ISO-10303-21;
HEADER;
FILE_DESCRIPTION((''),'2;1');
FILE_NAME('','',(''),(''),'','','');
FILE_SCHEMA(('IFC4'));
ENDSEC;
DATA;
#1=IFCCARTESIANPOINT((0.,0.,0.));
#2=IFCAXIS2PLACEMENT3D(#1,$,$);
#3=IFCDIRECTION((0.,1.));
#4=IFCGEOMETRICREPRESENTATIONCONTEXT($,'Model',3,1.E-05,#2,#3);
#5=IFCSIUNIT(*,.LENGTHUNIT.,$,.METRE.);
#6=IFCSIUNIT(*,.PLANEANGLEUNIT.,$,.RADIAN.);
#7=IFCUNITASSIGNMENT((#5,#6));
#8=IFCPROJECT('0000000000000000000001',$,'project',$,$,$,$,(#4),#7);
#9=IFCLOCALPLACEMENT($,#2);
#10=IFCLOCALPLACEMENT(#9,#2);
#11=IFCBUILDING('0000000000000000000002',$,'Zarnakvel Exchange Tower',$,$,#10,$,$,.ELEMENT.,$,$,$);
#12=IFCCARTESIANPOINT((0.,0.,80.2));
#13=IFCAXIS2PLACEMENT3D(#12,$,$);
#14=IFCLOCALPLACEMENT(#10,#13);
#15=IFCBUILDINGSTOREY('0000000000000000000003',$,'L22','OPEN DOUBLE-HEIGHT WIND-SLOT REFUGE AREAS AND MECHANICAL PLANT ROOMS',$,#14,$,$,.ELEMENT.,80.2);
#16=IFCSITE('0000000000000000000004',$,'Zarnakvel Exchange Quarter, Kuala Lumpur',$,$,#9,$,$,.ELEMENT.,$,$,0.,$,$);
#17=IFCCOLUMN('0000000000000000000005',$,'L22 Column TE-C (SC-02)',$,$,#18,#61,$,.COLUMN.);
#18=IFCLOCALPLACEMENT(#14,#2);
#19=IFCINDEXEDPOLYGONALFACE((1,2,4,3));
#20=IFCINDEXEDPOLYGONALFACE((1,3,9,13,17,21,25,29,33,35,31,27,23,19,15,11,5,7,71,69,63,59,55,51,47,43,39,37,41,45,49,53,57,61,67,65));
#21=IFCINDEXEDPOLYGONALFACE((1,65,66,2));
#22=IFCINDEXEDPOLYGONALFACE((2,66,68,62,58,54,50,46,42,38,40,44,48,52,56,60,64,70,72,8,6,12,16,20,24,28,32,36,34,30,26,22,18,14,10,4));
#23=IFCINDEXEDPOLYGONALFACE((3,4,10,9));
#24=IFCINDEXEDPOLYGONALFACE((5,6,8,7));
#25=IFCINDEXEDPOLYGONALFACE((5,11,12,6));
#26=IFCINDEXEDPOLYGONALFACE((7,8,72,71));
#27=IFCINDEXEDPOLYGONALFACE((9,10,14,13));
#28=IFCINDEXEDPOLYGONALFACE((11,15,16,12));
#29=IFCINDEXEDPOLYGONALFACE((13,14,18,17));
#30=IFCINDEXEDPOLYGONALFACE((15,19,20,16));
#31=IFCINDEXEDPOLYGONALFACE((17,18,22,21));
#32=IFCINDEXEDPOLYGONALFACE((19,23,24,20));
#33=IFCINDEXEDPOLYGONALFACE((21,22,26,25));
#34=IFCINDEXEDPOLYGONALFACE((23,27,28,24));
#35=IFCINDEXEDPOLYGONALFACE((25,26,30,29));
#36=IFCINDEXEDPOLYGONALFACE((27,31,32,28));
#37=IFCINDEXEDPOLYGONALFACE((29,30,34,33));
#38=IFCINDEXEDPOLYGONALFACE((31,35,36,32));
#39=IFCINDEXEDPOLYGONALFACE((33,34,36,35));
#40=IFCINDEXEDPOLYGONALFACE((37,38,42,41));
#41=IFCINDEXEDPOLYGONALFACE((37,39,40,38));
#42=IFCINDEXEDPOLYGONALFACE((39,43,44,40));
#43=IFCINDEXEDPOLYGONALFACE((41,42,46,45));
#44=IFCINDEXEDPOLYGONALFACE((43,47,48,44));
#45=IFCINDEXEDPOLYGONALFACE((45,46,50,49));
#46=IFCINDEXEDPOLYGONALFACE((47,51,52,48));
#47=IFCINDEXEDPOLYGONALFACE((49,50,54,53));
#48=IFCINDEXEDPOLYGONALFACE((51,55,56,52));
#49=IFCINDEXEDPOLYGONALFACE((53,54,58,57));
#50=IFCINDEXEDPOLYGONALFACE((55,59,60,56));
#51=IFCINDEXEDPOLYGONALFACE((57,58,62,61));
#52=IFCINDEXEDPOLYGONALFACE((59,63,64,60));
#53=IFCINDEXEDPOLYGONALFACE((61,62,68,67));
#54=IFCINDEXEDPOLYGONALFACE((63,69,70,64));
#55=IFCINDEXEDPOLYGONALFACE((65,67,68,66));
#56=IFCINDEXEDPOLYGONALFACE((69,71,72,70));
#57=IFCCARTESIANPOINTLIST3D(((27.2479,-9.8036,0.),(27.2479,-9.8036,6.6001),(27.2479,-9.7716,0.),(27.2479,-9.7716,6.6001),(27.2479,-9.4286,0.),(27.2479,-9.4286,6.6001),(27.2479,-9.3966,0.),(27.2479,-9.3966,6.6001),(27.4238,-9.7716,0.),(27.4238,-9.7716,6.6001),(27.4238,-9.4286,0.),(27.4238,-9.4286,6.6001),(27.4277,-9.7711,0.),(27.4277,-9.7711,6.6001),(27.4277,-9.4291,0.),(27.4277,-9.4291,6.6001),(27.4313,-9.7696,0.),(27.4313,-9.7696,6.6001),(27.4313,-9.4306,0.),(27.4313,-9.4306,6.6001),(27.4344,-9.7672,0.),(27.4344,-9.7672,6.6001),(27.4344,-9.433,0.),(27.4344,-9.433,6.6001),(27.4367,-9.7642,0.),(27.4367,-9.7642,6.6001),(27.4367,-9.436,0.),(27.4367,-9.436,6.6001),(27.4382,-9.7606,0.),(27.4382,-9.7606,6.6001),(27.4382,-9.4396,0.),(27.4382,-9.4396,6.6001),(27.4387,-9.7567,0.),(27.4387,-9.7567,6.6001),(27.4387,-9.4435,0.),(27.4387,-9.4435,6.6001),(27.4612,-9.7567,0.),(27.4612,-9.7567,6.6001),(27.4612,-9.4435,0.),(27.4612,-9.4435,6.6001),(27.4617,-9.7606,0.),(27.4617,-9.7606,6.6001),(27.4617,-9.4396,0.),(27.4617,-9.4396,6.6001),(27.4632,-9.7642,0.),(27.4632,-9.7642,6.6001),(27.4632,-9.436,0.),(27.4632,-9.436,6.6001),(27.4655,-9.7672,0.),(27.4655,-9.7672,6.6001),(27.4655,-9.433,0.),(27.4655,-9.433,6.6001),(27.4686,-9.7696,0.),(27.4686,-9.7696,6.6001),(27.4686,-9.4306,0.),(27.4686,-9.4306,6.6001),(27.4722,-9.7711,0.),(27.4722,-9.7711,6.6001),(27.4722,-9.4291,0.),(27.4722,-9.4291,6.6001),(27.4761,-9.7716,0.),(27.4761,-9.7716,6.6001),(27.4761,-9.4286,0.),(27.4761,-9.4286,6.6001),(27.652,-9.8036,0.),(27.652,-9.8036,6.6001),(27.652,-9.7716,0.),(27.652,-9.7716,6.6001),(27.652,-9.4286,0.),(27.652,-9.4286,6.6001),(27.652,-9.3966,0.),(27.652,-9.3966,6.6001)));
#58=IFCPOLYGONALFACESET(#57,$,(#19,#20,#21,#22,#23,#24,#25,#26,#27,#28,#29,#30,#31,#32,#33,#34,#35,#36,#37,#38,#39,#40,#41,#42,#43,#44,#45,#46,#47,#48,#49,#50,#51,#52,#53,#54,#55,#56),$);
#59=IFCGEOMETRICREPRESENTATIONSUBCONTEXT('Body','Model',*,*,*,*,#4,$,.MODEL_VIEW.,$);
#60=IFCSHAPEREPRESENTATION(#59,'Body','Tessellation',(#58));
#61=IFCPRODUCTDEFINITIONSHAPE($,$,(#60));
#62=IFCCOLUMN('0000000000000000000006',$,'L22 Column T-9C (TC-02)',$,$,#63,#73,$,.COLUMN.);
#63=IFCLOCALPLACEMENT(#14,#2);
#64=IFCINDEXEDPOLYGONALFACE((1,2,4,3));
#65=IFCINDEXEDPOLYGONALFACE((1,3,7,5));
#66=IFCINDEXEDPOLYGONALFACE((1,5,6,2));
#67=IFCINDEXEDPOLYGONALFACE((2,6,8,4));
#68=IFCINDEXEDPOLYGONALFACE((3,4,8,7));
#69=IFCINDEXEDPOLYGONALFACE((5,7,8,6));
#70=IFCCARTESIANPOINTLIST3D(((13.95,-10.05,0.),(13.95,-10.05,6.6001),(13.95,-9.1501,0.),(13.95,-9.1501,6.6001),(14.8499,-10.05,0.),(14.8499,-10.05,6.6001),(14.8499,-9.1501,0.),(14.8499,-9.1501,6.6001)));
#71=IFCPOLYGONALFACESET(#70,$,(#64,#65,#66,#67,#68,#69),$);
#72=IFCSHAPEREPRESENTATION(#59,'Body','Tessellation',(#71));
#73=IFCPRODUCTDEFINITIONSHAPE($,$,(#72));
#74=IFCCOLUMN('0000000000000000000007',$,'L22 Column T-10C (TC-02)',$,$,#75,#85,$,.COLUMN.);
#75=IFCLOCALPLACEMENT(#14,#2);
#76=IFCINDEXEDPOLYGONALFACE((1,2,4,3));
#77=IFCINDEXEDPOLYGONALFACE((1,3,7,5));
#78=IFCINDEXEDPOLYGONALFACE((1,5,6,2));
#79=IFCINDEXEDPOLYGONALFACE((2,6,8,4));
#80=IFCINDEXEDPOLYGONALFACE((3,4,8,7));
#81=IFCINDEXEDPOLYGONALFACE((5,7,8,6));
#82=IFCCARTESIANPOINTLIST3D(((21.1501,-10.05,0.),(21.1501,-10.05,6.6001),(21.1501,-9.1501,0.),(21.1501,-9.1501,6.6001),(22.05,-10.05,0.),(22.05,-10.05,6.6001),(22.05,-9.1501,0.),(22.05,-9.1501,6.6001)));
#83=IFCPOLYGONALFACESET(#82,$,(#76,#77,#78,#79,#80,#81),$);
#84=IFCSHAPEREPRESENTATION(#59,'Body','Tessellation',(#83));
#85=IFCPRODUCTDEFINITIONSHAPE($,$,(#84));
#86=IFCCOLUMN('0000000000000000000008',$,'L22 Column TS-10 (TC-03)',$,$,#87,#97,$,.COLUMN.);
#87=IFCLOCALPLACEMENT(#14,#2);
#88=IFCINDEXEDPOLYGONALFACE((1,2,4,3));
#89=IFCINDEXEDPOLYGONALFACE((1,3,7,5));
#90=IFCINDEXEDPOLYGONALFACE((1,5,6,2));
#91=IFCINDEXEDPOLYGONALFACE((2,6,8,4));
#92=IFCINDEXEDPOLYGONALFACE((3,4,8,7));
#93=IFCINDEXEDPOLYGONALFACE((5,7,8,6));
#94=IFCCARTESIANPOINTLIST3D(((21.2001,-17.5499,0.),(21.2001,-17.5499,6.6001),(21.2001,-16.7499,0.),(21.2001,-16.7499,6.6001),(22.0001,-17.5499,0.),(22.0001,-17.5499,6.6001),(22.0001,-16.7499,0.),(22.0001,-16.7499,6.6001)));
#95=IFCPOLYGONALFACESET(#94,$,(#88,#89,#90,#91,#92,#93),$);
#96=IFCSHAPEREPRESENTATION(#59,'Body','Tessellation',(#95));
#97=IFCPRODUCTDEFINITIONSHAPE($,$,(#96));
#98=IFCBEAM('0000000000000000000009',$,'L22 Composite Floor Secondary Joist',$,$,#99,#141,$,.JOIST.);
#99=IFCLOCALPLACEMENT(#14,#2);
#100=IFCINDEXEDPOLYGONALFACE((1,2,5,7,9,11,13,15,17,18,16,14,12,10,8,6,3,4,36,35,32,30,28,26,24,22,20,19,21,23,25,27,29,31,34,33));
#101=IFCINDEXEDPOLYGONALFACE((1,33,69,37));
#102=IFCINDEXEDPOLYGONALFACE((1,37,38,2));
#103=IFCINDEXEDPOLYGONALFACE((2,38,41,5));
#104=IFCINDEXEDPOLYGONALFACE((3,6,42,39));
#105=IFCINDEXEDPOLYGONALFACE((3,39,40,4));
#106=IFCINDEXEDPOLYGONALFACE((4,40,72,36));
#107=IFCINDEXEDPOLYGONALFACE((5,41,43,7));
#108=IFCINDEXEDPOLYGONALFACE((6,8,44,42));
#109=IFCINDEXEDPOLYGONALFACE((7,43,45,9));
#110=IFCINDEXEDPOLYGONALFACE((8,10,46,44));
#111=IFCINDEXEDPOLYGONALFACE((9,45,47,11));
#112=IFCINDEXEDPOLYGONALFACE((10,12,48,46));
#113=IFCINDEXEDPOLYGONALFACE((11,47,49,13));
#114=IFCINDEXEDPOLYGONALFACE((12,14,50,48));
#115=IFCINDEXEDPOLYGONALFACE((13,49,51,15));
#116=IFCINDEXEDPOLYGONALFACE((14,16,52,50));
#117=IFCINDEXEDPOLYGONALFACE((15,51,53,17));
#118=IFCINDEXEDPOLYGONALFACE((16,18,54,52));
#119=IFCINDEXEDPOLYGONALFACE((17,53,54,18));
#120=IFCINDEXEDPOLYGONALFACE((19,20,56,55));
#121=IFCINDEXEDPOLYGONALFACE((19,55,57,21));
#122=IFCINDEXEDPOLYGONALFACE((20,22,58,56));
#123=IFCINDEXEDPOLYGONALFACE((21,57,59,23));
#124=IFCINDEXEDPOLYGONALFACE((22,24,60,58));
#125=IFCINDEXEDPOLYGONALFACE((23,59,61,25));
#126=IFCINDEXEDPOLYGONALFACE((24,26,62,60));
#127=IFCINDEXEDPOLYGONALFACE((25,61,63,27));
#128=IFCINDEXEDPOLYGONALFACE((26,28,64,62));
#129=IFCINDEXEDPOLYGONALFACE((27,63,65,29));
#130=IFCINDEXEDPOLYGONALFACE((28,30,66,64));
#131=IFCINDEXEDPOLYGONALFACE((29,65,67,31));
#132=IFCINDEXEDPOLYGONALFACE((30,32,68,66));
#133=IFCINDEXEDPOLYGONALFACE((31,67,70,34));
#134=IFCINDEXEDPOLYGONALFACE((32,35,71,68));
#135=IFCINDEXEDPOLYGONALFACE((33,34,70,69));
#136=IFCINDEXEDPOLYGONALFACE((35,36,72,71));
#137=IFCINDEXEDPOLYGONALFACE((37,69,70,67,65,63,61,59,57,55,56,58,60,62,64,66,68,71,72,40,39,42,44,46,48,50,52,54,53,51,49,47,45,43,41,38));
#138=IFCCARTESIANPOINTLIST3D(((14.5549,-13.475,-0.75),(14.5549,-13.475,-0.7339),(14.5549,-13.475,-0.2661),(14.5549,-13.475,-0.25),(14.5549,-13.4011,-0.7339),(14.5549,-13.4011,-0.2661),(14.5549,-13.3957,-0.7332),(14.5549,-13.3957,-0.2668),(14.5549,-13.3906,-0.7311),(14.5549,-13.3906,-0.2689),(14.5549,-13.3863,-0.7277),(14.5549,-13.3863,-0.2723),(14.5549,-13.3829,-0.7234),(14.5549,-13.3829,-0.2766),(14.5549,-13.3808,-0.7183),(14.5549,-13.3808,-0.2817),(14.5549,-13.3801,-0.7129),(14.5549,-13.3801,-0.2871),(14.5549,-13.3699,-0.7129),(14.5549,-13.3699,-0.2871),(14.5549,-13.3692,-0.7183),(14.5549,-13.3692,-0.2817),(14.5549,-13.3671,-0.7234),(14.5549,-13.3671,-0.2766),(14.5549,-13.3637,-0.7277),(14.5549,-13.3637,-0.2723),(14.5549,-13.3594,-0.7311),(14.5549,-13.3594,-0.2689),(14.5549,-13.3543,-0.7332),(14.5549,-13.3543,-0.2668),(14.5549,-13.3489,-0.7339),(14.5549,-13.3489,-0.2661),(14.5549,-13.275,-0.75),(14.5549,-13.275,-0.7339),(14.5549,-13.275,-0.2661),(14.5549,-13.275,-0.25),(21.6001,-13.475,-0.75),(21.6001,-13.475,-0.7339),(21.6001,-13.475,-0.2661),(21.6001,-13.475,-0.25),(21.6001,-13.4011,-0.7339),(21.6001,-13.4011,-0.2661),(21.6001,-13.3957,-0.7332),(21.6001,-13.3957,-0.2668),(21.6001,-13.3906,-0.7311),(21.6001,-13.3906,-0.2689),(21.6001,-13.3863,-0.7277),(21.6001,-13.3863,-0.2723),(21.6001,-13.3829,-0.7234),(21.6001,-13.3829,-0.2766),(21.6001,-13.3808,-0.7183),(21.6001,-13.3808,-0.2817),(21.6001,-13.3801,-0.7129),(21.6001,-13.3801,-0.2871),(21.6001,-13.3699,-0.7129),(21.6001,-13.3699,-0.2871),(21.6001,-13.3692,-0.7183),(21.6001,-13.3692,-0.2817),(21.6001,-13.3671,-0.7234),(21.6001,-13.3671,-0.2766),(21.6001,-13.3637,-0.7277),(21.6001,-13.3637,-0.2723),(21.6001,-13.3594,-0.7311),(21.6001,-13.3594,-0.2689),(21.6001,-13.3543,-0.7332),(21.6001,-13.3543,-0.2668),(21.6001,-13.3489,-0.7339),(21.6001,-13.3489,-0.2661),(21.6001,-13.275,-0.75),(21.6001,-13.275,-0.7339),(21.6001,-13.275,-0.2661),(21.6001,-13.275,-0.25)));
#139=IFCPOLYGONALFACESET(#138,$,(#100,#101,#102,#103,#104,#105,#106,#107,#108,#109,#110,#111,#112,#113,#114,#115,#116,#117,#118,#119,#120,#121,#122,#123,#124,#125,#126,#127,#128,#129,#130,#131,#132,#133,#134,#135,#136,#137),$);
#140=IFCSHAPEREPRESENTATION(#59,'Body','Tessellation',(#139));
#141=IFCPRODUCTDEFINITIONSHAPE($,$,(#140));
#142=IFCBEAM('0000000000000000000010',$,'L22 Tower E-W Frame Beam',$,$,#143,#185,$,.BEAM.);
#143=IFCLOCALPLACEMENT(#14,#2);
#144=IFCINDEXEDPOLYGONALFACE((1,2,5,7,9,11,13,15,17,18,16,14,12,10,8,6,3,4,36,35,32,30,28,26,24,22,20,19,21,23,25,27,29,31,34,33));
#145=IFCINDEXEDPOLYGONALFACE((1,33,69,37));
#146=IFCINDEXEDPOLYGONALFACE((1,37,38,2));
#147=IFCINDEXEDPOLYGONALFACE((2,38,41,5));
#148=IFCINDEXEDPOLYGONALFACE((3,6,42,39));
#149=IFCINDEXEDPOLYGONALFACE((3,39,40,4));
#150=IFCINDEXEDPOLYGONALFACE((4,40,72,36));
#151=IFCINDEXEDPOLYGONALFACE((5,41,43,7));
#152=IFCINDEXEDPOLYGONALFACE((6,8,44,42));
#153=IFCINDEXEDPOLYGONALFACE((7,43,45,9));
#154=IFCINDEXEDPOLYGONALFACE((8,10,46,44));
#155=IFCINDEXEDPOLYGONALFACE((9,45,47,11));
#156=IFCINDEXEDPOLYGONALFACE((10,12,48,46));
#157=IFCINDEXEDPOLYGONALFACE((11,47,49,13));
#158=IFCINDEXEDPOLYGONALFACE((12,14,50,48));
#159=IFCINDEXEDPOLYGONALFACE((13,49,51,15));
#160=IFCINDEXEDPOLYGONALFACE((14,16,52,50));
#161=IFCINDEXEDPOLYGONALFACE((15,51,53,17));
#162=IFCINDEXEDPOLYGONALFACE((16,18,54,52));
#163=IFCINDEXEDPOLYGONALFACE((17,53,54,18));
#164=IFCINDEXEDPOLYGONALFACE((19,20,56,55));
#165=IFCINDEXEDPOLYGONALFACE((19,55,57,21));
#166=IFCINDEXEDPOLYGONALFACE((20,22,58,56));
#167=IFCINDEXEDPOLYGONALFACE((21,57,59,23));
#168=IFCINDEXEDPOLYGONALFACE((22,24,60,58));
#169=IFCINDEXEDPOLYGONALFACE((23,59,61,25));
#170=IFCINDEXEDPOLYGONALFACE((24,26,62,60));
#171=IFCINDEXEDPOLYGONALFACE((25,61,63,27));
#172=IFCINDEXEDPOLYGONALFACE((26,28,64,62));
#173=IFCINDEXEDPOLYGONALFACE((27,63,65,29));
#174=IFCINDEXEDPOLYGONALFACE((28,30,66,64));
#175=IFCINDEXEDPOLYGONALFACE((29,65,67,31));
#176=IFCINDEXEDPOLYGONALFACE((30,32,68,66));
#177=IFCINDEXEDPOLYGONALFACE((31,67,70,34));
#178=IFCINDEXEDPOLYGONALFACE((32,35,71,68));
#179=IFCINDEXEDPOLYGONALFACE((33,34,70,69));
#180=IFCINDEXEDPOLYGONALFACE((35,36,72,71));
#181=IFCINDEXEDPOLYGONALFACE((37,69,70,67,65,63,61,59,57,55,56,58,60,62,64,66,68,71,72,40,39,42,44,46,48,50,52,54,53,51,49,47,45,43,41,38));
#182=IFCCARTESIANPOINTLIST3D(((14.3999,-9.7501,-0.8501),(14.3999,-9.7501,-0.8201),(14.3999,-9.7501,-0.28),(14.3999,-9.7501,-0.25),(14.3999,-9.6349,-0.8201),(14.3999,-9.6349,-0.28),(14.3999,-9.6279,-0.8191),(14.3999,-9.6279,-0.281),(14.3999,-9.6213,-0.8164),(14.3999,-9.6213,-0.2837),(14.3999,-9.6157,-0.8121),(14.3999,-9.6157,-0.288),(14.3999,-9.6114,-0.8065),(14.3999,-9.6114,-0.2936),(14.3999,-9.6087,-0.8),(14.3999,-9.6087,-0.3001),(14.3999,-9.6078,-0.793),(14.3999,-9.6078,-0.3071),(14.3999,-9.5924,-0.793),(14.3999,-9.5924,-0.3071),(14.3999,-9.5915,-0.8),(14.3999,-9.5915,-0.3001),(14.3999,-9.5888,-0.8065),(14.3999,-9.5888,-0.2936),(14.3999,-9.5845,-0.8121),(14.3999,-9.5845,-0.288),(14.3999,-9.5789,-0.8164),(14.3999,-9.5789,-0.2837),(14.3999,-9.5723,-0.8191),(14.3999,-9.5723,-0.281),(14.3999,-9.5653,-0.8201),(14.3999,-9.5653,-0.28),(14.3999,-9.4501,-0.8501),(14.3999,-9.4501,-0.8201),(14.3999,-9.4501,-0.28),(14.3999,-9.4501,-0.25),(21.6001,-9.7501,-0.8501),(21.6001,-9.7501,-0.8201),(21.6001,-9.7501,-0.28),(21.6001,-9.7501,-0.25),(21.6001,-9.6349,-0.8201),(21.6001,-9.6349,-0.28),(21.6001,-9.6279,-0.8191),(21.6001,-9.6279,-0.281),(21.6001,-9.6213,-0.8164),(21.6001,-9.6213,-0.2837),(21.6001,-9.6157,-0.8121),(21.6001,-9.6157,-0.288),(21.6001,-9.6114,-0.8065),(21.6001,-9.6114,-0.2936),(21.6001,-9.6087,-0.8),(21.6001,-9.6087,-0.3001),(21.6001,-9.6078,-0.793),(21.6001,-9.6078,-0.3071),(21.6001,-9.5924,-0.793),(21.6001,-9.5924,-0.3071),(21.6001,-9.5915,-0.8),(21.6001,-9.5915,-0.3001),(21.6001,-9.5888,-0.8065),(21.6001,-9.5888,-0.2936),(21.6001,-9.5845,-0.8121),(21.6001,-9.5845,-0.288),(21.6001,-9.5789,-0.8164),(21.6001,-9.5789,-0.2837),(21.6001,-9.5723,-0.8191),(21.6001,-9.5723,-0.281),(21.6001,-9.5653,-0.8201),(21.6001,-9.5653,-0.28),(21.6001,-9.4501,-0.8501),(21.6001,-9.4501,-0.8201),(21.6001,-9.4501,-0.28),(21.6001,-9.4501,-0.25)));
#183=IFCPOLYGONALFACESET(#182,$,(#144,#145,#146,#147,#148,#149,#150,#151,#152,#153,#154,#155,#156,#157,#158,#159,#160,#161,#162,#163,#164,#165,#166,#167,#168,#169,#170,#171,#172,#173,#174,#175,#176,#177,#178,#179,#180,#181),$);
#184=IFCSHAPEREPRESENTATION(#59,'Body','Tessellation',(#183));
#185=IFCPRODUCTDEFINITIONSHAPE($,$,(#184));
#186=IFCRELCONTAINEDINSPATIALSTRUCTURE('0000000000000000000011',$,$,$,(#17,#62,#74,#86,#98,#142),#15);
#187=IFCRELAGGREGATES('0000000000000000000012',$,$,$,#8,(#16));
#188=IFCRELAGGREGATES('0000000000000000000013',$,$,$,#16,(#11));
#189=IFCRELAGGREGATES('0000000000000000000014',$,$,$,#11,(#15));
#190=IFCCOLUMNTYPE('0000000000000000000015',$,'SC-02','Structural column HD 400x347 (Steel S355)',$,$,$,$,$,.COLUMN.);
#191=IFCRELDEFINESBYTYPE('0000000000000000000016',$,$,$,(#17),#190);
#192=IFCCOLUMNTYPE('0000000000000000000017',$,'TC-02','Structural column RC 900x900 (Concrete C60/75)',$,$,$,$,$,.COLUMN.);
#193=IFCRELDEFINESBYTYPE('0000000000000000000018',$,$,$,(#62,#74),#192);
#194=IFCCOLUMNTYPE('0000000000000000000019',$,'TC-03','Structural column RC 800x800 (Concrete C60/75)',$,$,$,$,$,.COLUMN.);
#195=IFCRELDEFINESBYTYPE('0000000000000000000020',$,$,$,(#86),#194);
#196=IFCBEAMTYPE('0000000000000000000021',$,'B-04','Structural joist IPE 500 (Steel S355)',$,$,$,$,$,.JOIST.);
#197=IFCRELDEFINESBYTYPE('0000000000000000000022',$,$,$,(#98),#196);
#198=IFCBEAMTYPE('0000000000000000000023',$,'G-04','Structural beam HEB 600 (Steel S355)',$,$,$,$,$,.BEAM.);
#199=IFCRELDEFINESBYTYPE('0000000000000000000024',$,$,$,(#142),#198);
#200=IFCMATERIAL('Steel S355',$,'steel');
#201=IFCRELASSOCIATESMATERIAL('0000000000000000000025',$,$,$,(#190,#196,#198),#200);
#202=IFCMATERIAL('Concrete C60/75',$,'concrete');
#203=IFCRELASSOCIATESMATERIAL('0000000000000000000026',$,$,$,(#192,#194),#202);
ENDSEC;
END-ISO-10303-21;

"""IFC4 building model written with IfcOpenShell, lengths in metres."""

from ifc_helpers import new_model, si_unit, direction, frame, origin, origin_2d, place, context, subcontext, project, spatial, rectangle, i_section, extrude, material, material_profile, profile_set, type_object, element, save


model = new_model("IFC4")

# Units and contexts
model_context = context("Model", 3, precision=1e-05, world=origin(), true_north=direction((0.0, 1.0)))
body_context = subcontext(model_context, "Body", "Model", "MODEL_VIEW")
ifc_project = project(units=[si_unit("LENGTHUNIT", "METRE"), si_unit("PLANEANGLEUNIT", "RADIAN")], contexts=[model_context])

# Site, building, storey
site_placement = place(None, origin())
site = spatial("IfcSite", under=ifc_project, at=site_placement, Name="Zarnakvel Exchange Quarter, Kuala Lumpur", CompositionType="ELEMENT", RefElevation=0.0)
building_placement = place(site_placement, origin())
building = spatial("IfcBuilding", under=site, at=building_placement, Name="Zarnakvel Exchange Tower", CompositionType="ELEMENT")
storey_placement = place(building_placement, frame((0.0, 0.0, 80.2)))
storey = spatial("IfcBuildingStorey", under=building, at=storey_placement, Name="L22", Description="OPEN DOUBLE-HEIGHT WIND-SLOT REFUGE AREAS AND MECHANICAL PLANT ROOMS", CompositionType="ELEMENT", Elevation=80.2)

# Columns
ifc_material_1 = material(Name="Steel S355", Category="steel")
ifc_material_profile_1 = material_profile(ifc_material_1, i_section(OverallWidth=0.4041, OverallDepth=0.407, WebThickness=0.0225, FlangeThickness=0.032, FilletRadius=0.0149, at=origin_2d()))
ifc_profile_set_1 = profile_set([ifc_material_profile_1], Name="Steel S355")
column_type_1 = type_object("IfcColumnType", Name="SC-02", Description="Structural column HD 400x347 (Steel S355)", PredefinedType="COLUMN", material=ifc_profile_set_1)
column_1_placement = place(storey_placement, frame((27.45, -9.6001, 0.0), z_axis=(0.0, 0.0, 1.0), x_axis=(1.0, 0.0, 0.0)))
element("IfcColumn", 1, at=column_1_placement, inside=storey, type_object=column_type_1, Name="L22 Column TE-C (SC-02)", PredefinedType="COLUMN", context=body_context, shape_type="SweptSolid", body=[
    extrude(i_section(OverallWidth=0.4041, OverallDepth=0.407, WebThickness=0.0225, FlangeThickness=0.032, FilletRadius=0.0149, at=origin_2d()), origin(), (0.0, 0.0, 1.0), 6.6001),
])
ifc_material_2 = material(Name="Concrete C60/75", Category="concrete")
ifc_material_profile_2 = material_profile(ifc_material_2, rectangle(XDim=0.8999, YDim=0.8999, at=origin_2d()))
ifc_profile_set_2 = profile_set([ifc_material_profile_2], Name="Concrete C60/75")
column_type_2 = type_object("IfcColumnType", Name="TC-02", Description="Structural column RC 900x900 (Concrete C60/75)", PredefinedType="COLUMN", material=ifc_profile_set_2)
for number, where, z_axis, x_axis, name in (
    (2, (14.3999, -9.6001, 0.0), (0.0, 0.0, 1.0), (1.0, 0.0, 0.0), "L22 Column T-9C (TC-02)"),
    (3, (21.6001, -9.6001, 0.0), (0.0, 0.0, 1.0), (1.0, 0.0, 0.0), "L22 Column T-10C (TC-02)"),
):
    element("IfcColumn", number, at=place(storey_placement, frame(where, z_axis=z_axis, x_axis=x_axis)), inside=storey, type_object=column_type_2, Name=name, PredefinedType="COLUMN", context=body_context, shape_type="SweptSolid", body=[
        extrude(rectangle(XDim=0.8999, YDim=0.8999, at=origin_2d()), origin(), (0.0, 0.0, 1.0), 6.6001),
    ])
ifc_material_profile_3 = material_profile(ifc_material_2, rectangle(XDim=0.8, YDim=0.8, at=origin_2d()))
ifc_profile_set_3 = profile_set([ifc_material_profile_3], Name="Concrete C60/75")
column_type_3 = type_object("IfcColumnType", Name="TC-03", Description="Structural column RC 800x800 (Concrete C60/75)", PredefinedType="COLUMN", material=ifc_profile_set_3)
column_2_placement = place(storey_placement, frame((21.6001, -17.1499, 0.0), z_axis=(0.0, 0.0, 1.0), x_axis=(1.0, 0.0, 0.0)))
element("IfcColumn", 4, at=column_2_placement, inside=storey, type_object=column_type_3, Name="L22 Column TS-10 (TC-03)", PredefinedType="COLUMN", context=body_context, shape_type="SweptSolid", body=[
    extrude(rectangle(XDim=0.8, YDim=0.8, at=origin_2d()), origin(), (0.0, 0.0, 1.0), 6.6001),
])

# Beams
ifc_material_profile_4 = material_profile(ifc_material_1, i_section(OverallWidth=0.2, OverallDepth=0.5, WebThickness=0.0103, FlangeThickness=0.0161, FilletRadius=0.021, at=origin_2d()))
ifc_profile_set_4 = profile_set([ifc_material_profile_4], Name="Steel S355")
beam_type_1 = type_object("IfcBeamType", Name="B-04", Description="Structural joist IPE 500 (Steel S355)", PredefinedType="JOIST", material=ifc_profile_set_4)
beam_1_placement = place(storey_placement, frame((14.5549, -13.375, -0.5), z_axis=(1.0, 0.0, 0.0), x_axis=(0.0, 1.0, 0.0)))
element("IfcBeam", 5, at=beam_1_placement, inside=storey, type_object=beam_type_1, Name="L22 Composite Floor Secondary Joist", PredefinedType="JOIST", context=body_context, shape_type="SweptSolid", body=[
    extrude(i_section(OverallWidth=0.2, OverallDepth=0.5, WebThickness=0.0103, FlangeThickness=0.0161, FilletRadius=0.021, at=origin_2d()), origin(), (0.0, 0.0, 1.0), 7.0452),
])
ifc_material_profile_5 = material_profile(ifc_material_1, i_section(OverallWidth=0.3, OverallDepth=0.6001, WebThickness=0.0154, FlangeThickness=0.03, FilletRadius=0.0271, at=origin_2d()))
ifc_profile_set_5 = profile_set([ifc_material_profile_5], Name="Steel S355")
beam_type_2 = type_object("IfcBeamType", Name="G-04", Description="Structural beam HEB 600 (Steel S355)", PredefinedType="BEAM", material=ifc_profile_set_5)
beam_2_placement = place(storey_placement, frame((14.3999, -9.6001, -0.55), z_axis=(1.0, 0.0, 0.0), x_axis=(0.0, 1.0, 0.0)))
element("IfcBeam", 6, at=beam_2_placement, inside=storey, type_object=beam_type_2, Name="L22 Tower E-W Frame Beam", PredefinedType="BEAM", context=body_context, shape_type="SweptSolid", body=[
    extrude(i_section(OverallWidth=0.3, OverallDepth=0.6001, WebThickness=0.0154, FlangeThickness=0.03, FilletRadius=0.0271, at=origin_2d()), origin(), (0.0, 0.0, 1.0), 7.2002),
])

save(model, "model.ifc")
